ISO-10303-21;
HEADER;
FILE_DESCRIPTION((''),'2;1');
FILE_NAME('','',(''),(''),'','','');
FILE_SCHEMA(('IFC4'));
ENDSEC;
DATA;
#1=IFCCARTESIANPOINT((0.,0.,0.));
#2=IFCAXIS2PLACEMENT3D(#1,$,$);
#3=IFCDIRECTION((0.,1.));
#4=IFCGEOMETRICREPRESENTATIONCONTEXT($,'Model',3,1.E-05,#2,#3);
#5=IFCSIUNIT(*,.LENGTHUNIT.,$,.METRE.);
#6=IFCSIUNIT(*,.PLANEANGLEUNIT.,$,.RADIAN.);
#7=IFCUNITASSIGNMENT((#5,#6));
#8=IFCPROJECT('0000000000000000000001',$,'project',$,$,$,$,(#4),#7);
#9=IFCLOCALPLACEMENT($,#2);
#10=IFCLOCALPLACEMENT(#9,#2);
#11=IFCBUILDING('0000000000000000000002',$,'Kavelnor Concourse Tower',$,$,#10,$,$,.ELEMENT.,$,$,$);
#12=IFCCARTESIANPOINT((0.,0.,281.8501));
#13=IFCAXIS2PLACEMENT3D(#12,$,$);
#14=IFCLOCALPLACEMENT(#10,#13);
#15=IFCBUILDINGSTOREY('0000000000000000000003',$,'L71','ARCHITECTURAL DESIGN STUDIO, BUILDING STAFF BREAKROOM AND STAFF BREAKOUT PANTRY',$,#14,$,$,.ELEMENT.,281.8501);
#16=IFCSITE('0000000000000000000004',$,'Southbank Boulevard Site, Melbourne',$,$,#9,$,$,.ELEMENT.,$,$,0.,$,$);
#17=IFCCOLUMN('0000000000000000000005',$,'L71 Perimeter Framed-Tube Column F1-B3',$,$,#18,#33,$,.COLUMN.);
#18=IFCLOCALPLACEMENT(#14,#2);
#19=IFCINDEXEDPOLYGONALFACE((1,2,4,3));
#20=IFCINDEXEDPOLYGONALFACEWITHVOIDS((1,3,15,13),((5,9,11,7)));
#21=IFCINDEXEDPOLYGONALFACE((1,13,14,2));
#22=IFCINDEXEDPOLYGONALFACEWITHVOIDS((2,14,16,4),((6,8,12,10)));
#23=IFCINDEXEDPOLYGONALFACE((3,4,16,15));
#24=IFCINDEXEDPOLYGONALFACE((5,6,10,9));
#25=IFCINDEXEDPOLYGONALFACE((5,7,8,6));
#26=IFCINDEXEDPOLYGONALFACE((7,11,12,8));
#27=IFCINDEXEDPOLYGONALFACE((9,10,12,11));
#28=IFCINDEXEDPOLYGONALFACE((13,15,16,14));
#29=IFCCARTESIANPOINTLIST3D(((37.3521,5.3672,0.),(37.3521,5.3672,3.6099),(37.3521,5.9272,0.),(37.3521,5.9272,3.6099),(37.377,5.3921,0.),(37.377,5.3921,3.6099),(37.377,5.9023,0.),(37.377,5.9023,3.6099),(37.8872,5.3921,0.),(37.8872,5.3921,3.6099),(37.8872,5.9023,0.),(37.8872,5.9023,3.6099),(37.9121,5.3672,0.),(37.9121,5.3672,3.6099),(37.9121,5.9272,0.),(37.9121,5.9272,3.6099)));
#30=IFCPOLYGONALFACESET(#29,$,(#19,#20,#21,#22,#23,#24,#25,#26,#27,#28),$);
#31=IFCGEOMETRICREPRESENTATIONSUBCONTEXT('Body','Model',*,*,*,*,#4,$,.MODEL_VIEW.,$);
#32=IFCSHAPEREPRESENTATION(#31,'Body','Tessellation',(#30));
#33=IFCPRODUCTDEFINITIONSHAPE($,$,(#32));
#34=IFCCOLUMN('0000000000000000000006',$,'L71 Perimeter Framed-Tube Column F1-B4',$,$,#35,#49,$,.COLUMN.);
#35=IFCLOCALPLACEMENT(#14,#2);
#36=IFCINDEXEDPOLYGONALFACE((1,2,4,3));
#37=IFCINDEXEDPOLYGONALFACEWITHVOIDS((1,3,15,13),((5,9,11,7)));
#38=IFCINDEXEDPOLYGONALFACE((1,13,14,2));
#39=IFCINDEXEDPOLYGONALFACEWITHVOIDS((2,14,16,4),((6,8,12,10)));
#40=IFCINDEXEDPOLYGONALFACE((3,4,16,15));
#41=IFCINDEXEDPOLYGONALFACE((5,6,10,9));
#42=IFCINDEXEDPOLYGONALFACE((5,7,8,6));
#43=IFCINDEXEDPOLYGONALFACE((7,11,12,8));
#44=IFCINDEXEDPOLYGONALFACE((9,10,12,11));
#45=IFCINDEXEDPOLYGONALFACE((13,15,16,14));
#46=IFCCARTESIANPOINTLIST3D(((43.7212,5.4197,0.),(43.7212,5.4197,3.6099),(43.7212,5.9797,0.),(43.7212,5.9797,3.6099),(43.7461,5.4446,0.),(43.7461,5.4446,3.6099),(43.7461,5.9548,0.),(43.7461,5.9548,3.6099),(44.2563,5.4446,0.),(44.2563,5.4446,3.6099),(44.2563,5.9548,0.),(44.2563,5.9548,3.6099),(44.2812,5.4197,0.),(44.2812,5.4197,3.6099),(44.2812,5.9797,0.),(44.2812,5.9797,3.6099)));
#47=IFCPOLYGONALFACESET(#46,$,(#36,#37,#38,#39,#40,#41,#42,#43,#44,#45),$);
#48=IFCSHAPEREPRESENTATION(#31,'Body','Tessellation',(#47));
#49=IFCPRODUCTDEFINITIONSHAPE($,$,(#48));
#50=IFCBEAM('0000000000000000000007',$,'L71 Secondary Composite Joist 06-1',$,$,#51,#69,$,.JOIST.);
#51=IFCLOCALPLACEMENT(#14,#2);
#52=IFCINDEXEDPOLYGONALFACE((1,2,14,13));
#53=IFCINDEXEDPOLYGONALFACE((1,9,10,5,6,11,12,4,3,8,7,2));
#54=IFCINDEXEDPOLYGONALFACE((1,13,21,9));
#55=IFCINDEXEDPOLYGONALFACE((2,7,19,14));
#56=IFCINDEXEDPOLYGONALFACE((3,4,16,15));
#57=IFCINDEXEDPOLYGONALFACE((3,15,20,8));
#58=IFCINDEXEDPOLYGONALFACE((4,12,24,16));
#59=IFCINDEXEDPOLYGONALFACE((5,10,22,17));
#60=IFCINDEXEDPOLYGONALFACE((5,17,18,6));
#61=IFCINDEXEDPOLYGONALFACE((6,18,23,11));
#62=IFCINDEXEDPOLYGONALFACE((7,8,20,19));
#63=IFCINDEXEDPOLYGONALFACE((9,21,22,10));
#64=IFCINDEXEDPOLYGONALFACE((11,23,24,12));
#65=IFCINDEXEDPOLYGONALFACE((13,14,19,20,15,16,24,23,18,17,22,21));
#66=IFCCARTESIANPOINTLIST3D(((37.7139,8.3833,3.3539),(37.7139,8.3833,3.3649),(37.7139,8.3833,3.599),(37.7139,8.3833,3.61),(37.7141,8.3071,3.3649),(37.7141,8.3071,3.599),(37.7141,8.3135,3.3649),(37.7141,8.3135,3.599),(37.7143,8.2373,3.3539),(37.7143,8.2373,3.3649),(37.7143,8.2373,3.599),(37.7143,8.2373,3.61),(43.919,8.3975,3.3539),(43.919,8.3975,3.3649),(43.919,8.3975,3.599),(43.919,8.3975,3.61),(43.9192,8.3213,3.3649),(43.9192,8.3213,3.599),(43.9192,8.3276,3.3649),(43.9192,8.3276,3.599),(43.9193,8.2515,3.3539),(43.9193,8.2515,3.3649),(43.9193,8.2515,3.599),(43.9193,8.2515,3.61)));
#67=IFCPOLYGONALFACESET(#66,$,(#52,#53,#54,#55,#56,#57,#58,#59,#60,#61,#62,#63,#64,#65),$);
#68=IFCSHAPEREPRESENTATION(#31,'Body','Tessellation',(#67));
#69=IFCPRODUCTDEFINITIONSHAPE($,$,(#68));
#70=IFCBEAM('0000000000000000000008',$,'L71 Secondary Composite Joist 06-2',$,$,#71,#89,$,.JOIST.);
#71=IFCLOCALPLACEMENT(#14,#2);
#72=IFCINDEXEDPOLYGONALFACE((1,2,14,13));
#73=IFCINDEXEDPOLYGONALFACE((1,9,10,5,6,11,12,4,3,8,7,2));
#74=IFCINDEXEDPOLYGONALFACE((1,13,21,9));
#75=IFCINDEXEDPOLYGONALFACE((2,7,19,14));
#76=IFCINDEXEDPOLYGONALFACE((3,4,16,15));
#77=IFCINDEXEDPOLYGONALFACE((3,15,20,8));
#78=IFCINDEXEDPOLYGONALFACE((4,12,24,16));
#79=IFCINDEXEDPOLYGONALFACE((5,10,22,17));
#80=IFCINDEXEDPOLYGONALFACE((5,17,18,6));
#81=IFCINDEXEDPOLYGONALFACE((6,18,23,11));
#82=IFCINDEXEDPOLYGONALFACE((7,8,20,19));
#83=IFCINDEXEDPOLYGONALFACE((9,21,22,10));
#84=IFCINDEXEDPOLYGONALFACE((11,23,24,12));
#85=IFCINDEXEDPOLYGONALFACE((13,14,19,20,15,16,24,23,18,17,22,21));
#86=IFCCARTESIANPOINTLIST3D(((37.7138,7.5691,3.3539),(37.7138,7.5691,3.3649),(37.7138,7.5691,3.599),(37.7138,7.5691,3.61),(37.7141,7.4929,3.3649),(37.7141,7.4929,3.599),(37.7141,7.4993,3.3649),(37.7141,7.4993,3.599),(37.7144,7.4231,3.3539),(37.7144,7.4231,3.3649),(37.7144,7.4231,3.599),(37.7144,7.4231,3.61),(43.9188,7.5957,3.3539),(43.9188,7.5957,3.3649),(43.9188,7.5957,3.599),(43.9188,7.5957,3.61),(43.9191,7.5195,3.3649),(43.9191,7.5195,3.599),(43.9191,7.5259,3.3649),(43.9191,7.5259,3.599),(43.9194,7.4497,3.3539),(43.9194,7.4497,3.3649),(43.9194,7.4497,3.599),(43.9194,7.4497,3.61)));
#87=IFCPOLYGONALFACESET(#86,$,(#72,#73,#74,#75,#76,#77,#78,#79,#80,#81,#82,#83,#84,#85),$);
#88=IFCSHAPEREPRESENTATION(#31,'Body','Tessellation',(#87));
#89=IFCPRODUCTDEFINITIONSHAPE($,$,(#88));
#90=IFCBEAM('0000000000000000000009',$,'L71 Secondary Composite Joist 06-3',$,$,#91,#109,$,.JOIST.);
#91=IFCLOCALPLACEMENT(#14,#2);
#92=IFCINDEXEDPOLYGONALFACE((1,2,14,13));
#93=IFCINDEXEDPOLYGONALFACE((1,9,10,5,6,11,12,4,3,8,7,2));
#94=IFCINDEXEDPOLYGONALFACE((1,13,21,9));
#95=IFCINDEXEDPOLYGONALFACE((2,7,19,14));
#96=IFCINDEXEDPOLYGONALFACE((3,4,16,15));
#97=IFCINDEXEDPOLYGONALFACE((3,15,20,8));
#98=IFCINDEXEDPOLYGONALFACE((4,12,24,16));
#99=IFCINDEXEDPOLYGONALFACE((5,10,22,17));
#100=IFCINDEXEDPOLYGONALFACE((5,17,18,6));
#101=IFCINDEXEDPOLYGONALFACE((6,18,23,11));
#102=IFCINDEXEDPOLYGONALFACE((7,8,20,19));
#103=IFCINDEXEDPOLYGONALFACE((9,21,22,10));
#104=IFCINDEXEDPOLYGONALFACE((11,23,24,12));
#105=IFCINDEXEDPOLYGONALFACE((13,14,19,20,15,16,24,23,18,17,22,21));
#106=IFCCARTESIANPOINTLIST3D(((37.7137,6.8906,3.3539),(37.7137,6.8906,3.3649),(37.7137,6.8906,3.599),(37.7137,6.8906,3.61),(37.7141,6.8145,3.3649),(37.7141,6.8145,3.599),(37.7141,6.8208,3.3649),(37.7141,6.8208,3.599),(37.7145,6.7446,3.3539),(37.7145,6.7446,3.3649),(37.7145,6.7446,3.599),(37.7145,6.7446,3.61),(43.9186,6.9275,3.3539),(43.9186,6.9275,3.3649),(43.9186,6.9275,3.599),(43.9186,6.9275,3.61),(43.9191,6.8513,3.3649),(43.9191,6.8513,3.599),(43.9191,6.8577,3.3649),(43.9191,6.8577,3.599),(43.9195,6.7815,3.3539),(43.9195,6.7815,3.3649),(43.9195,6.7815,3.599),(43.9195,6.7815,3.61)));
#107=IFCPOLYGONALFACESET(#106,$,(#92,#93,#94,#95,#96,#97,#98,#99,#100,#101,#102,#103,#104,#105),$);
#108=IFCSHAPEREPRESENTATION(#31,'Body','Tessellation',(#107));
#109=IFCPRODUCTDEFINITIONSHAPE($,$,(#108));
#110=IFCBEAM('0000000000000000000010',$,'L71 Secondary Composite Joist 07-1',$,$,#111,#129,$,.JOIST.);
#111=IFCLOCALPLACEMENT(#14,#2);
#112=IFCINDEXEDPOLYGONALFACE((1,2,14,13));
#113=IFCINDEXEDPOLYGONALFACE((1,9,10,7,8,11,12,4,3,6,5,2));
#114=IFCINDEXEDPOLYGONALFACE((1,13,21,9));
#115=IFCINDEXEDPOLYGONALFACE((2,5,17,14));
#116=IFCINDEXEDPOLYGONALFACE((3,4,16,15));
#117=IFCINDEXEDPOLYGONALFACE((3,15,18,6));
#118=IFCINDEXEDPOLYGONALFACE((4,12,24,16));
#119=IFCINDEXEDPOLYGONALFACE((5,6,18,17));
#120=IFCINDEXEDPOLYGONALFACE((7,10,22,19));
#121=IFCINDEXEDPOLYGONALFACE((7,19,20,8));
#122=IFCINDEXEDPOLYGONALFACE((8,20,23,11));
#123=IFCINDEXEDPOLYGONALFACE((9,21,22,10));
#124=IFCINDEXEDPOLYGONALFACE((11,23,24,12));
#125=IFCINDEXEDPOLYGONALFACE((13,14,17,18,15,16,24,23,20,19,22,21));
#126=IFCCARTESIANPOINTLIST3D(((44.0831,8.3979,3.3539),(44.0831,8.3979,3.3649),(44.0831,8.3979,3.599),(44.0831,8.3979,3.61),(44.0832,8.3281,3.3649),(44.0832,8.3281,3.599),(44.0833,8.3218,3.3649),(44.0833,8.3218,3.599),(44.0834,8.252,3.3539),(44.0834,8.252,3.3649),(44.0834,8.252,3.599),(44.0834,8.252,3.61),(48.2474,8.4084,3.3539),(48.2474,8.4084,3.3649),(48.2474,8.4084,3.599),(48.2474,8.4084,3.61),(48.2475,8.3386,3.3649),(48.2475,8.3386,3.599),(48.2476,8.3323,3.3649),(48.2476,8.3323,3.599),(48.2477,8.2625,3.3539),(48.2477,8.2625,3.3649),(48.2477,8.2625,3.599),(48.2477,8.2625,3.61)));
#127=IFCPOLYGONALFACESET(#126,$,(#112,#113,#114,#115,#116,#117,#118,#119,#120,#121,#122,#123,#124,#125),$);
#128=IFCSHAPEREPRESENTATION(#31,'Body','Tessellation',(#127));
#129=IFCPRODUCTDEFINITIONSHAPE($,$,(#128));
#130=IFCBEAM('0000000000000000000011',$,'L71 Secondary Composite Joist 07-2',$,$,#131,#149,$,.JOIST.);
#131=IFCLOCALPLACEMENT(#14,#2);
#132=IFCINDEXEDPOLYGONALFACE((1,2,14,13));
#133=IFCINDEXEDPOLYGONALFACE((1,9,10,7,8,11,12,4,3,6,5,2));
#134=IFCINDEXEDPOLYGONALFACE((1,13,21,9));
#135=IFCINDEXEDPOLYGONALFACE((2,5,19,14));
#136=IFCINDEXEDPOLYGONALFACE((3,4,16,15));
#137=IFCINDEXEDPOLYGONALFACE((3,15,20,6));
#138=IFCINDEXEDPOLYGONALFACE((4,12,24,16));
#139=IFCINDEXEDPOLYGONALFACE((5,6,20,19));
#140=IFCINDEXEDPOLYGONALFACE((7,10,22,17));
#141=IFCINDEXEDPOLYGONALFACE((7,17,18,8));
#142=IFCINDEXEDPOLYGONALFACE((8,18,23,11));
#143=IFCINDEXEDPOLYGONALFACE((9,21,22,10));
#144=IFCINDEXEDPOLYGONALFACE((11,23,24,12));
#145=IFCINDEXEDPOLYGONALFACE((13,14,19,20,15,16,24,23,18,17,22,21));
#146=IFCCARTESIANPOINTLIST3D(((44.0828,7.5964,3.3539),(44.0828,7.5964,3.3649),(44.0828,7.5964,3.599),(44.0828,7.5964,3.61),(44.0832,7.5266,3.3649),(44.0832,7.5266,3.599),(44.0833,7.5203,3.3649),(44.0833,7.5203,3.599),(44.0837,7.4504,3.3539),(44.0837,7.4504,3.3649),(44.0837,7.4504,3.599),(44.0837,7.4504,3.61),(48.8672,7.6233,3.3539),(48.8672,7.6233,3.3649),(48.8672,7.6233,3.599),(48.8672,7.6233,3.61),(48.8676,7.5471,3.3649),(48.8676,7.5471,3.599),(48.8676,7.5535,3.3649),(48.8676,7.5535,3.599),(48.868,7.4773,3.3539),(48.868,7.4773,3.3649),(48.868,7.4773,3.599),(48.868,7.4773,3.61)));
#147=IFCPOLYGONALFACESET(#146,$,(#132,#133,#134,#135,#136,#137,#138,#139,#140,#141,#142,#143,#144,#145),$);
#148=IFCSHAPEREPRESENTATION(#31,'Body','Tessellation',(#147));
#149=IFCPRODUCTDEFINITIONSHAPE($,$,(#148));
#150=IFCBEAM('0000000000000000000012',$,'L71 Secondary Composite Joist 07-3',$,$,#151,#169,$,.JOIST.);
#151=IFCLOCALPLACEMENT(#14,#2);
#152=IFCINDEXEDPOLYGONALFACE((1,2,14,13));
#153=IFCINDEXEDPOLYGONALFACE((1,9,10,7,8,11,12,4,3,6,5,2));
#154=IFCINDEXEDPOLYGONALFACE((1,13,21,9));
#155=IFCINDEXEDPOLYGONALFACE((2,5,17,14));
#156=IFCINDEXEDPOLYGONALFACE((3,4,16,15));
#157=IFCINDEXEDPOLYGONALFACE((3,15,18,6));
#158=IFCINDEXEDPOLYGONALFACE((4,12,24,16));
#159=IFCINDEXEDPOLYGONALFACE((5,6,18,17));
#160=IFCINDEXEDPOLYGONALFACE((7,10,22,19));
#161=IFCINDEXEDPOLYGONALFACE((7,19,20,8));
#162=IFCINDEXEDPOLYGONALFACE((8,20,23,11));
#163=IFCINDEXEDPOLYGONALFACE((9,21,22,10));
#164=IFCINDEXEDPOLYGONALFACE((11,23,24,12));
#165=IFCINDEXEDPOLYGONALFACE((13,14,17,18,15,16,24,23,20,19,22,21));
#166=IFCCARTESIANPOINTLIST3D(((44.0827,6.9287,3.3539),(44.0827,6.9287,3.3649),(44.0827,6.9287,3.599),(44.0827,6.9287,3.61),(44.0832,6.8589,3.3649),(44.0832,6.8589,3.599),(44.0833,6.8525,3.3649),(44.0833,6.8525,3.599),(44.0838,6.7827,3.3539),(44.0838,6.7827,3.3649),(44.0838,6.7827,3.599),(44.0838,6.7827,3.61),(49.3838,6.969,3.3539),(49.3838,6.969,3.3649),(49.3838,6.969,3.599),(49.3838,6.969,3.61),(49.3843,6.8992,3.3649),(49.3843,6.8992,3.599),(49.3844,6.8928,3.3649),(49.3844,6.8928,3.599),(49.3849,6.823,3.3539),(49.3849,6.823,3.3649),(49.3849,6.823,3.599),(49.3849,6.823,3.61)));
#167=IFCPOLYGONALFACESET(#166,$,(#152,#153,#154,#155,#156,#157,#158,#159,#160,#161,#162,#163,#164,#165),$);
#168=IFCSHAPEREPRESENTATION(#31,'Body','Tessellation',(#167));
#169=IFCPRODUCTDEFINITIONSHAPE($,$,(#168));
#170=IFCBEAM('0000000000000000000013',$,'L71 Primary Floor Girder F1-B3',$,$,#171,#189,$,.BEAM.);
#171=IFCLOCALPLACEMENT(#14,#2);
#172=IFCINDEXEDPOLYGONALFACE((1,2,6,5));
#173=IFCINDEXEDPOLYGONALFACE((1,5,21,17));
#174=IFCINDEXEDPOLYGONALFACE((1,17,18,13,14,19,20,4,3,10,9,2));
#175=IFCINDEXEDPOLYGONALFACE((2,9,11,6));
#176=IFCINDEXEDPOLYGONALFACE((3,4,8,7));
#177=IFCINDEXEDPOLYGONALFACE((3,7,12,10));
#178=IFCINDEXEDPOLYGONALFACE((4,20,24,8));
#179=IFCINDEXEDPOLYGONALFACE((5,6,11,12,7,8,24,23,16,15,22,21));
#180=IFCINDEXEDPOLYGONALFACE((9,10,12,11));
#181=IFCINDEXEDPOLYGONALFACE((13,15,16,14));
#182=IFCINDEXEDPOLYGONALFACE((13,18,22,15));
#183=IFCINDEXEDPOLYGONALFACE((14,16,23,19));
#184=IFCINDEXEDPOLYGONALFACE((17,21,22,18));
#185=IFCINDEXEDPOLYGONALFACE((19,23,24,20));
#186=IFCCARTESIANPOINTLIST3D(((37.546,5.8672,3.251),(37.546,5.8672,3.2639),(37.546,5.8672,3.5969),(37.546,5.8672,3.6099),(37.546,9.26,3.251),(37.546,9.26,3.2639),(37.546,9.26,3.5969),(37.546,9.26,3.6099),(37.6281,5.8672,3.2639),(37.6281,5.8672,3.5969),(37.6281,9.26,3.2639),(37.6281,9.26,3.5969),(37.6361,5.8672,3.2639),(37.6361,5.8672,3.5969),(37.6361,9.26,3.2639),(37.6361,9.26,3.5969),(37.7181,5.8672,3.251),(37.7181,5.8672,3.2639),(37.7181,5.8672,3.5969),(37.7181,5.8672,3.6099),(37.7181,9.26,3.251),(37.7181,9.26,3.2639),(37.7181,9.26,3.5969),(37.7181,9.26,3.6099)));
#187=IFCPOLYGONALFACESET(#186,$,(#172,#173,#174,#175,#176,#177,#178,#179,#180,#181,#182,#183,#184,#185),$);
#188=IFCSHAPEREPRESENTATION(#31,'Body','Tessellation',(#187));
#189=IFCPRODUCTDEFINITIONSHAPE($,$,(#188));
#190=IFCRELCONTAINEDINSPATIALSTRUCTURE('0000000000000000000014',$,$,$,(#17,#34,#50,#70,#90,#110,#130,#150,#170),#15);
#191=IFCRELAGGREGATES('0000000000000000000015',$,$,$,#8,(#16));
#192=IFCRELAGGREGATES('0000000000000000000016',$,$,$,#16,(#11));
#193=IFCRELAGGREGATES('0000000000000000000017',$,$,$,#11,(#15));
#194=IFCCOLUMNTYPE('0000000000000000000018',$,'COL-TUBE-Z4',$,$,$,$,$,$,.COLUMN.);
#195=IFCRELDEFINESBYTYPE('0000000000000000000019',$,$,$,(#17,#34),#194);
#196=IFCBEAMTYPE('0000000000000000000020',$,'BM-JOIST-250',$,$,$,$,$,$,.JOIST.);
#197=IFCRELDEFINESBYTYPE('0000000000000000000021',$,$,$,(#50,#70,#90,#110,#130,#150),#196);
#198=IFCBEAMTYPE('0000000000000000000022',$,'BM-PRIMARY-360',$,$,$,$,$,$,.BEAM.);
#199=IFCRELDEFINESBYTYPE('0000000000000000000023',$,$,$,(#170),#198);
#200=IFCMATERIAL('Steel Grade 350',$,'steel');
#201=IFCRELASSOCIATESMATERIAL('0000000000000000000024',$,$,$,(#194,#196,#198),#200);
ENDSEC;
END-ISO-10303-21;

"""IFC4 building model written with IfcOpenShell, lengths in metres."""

from ifc_helpers import new_model, si_unit, direction, frame, origin, origin_2d, place, context, subcontext, project, spatial, hollow_rectangle, i_section, extrude, material, material_profile, profile_set, type_object, element, save


model = new_model("IFC4")

# Units and contexts
model_context = context("Model", 3, precision=1e-05, world=origin(), true_north=direction((0.0, 1.0)))
body_context = subcontext(model_context, "Body", "Model", "MODEL_VIEW")
ifc_project = project(units=[si_unit("LENGTHUNIT", "METRE"), si_unit("PLANEANGLEUNIT", "RADIAN")], contexts=[model_context])

# Site, building, storey
site_placement = place(None, origin())
site = spatial("IfcSite", under=ifc_project, at=site_placement, Name="Southbank Boulevard Site, Melbourne", CompositionType="ELEMENT", RefElevation=0.0)
building_placement = place(site_placement, origin())
building = spatial("IfcBuilding", under=site, at=building_placement, Name="Kavelnor Concourse Tower", CompositionType="ELEMENT")
storey_placement = place(building_placement, frame((0.0, 0.0, 281.8501)))
storey = spatial("IfcBuildingStorey", under=building, at=storey_placement, Name="L71", Description="ARCHITECTURAL DESIGN STUDIO, BUILDING STAFF BREAKROOM AND STAFF BREAKOUT PANTRY", CompositionType="ELEMENT", Elevation=281.8501)

# Columns
ifc_material_1 = material(Name="Steel Grade 350", Category="steel")
ifc_material_profile_1 = material_profile(ifc_material_1, hollow_rectangle(XDim=0.5601, YDim=0.5601, WallThickness=0.0249, at=origin_2d()), Name="SHS 560x560x25")
ifc_profile_set_1 = profile_set([ifc_material_profile_1], Name="Steel Grade 350")
column_type = type_object("IfcColumnType", Name="COL-TUBE-Z4", PredefinedType="COLUMN", material=ifc_profile_set_1)
for number, where, z_axis, x_axis, name in (
    (1, (37.6321, 5.6472, 0.0), (0.0, 0.0, 1.0), (1.0, 0.0, 0.0), "L71 Perimeter Framed-Tube Column F1-B3"),
    (2, (44.0012, 5.6997, 0.0), (0.0, 0.0, 1.0), (1.0, 0.0, 0.0), "L71 Perimeter Framed-Tube Column F1-B4"),
):
    element("IfcColumn", number, at=place(storey_placement, frame(where, z_axis=z_axis, x_axis=x_axis)), inside=storey, type_object=column_type, Name=name, PredefinedType="COLUMN", context=body_context, shape_type="SweptSolid", body=[
        extrude(hollow_rectangle(XDim=0.5601, YDim=0.5601, WallThickness=0.0249, at=origin_2d()), origin(), (0.0, 0.0, 1.0), 3.6099),
    ])

# Beams
ifc_material_profile_2 = material_profile(ifc_material_1, i_section(OverallWidth=0.146, OverallDepth=0.2561, WebThickness=0.0063, FlangeThickness=0.011, at=origin_2d()), Name="250UB37")
ifc_profile_set_2 = profile_set([ifc_material_profile_2], Name="Steel Grade 350")
beam_type_1 = type_object("IfcBeamType", Name="BM-JOIST-250", PredefinedType="JOIST", material=ifc_profile_set_2)
for number, where, z_axis, x_axis, name in (
    (3, (37.7141, 8.3103, 3.4819), (0.999997, 0.002282, 0.0), (-0.002282, 0.999997, 0.0), "L71 Secondary Composite Joist 06-1"),
    (4, (37.7141, 7.4961, 3.4819), (0.999991, 0.004289, 0.0), (-0.004289, 0.999991, 0.0), "L71 Secondary Composite Joist 06-2"),
    (5, (37.7141, 6.8176, 3.4819), (0.999982, 0.005941, 0.0), (-0.005941, 0.999982, 0.0), "L71 Secondary Composite Joist 06-3"),
):
    element("IfcBeam", number, at=place(storey_placement, frame(where, z_axis=z_axis, x_axis=x_axis)), inside=storey, type_object=beam_type_1, Name=name, PredefinedType="JOIST", context=body_context, shape_type="SweptSolid", body=[
        extrude(i_section(OverallWidth=0.146, OverallDepth=0.2561, WebThickness=0.0063, FlangeThickness=0.011, at=origin_2d()), origin(), (0.0, 0.0, 1.0), 6.2051),
    ])
beam_1_placement = place(storey_placement, frame((44.0833, 8.325, 3.4819), z_axis=(0.999997, 0.002521, 0.0), x_axis=(-0.002521, 0.999997, 0.0)))
element("IfcBeam", 6, at=beam_1_placement, inside=storey, type_object=beam_type_1, Name="L71 Secondary Composite Joist 07-1", PredefinedType="JOIST", context=body_context, shape_type="SweptSolid", body=[
    extrude(i_section(OverallWidth=0.146, OverallDepth=0.2561, WebThickness=0.0063, FlangeThickness=0.011, at=origin_2d()), origin(), (0.0, 0.0, 1.0), 4.1643),
])
beam_2_placement = place(storey_placement, frame((44.0833, 7.5234, 3.4819), z_axis=(0.999984, 0.005613, 0.0), x_axis=(-0.005613, 0.999984, 0.0)))
element("IfcBeam", 7, at=beam_2_placement, inside=storey, type_object=beam_type_1, Name="L71 Secondary Composite Joist 07-2", PredefinedType="JOIST", context=body_context, shape_type="SweptSolid", body=[
    extrude(i_section(OverallWidth=0.146, OverallDepth=0.2561, WebThickness=0.0063, FlangeThickness=0.011, at=origin_2d()), origin(), (0.0, 0.0, 1.0), 4.7844),
])
beam_3_placement = place(storey_placement, frame((44.0833, 6.8557, 3.4819), z_axis=(0.999971, 0.007599, 0.0), x_axis=(-0.007599, 0.999971, 0.0)))
element("IfcBeam", 8, at=beam_3_placement, inside=storey, type_object=beam_type_1, Name="L71 Secondary Composite Joist 07-3", PredefinedType="JOIST", context=body_context, shape_type="SweptSolid", body=[
    extrude(i_section(OverallWidth=0.146, OverallDepth=0.2561, WebThickness=0.0063, FlangeThickness=0.011, at=origin_2d()), origin(), (0.0, 0.0, 1.0), 5.3013),
])
ifc_material_profile_3 = material_profile(ifc_material_1, i_section(OverallWidth=0.1721, OverallDepth=0.3589, WebThickness=0.0081, FlangeThickness=0.0129, at=origin_2d()), Name="360UB56")
ifc_profile_set_3 = profile_set([ifc_material_profile_3], Name="Steel Grade 350")
beam_type_2 = type_object("IfcBeamType", Name="BM-PRIMARY-360", PredefinedType="BEAM", material=ifc_profile_set_3)
beam_4_placement = place(storey_placement, frame((37.6321, 9.26, 3.4304), z_axis=(0.0, -1.0, 0.0), x_axis=(1.0, 0.0, 0.0)))
element("IfcBeam", 9, at=beam_4_placement, inside=storey, type_object=beam_type_2, Name="L71 Primary Floor Girder F1-B3", PredefinedType="BEAM", context=body_context, shape_type="SweptSolid", body=[
    extrude(i_section(OverallWidth=0.1721, OverallDepth=0.3589, WebThickness=0.0081, FlangeThickness=0.0129, at=origin_2d()), origin(), (0.0, 0.0, 1.0), 3.3928),
])

save(model, "model.ifc")
